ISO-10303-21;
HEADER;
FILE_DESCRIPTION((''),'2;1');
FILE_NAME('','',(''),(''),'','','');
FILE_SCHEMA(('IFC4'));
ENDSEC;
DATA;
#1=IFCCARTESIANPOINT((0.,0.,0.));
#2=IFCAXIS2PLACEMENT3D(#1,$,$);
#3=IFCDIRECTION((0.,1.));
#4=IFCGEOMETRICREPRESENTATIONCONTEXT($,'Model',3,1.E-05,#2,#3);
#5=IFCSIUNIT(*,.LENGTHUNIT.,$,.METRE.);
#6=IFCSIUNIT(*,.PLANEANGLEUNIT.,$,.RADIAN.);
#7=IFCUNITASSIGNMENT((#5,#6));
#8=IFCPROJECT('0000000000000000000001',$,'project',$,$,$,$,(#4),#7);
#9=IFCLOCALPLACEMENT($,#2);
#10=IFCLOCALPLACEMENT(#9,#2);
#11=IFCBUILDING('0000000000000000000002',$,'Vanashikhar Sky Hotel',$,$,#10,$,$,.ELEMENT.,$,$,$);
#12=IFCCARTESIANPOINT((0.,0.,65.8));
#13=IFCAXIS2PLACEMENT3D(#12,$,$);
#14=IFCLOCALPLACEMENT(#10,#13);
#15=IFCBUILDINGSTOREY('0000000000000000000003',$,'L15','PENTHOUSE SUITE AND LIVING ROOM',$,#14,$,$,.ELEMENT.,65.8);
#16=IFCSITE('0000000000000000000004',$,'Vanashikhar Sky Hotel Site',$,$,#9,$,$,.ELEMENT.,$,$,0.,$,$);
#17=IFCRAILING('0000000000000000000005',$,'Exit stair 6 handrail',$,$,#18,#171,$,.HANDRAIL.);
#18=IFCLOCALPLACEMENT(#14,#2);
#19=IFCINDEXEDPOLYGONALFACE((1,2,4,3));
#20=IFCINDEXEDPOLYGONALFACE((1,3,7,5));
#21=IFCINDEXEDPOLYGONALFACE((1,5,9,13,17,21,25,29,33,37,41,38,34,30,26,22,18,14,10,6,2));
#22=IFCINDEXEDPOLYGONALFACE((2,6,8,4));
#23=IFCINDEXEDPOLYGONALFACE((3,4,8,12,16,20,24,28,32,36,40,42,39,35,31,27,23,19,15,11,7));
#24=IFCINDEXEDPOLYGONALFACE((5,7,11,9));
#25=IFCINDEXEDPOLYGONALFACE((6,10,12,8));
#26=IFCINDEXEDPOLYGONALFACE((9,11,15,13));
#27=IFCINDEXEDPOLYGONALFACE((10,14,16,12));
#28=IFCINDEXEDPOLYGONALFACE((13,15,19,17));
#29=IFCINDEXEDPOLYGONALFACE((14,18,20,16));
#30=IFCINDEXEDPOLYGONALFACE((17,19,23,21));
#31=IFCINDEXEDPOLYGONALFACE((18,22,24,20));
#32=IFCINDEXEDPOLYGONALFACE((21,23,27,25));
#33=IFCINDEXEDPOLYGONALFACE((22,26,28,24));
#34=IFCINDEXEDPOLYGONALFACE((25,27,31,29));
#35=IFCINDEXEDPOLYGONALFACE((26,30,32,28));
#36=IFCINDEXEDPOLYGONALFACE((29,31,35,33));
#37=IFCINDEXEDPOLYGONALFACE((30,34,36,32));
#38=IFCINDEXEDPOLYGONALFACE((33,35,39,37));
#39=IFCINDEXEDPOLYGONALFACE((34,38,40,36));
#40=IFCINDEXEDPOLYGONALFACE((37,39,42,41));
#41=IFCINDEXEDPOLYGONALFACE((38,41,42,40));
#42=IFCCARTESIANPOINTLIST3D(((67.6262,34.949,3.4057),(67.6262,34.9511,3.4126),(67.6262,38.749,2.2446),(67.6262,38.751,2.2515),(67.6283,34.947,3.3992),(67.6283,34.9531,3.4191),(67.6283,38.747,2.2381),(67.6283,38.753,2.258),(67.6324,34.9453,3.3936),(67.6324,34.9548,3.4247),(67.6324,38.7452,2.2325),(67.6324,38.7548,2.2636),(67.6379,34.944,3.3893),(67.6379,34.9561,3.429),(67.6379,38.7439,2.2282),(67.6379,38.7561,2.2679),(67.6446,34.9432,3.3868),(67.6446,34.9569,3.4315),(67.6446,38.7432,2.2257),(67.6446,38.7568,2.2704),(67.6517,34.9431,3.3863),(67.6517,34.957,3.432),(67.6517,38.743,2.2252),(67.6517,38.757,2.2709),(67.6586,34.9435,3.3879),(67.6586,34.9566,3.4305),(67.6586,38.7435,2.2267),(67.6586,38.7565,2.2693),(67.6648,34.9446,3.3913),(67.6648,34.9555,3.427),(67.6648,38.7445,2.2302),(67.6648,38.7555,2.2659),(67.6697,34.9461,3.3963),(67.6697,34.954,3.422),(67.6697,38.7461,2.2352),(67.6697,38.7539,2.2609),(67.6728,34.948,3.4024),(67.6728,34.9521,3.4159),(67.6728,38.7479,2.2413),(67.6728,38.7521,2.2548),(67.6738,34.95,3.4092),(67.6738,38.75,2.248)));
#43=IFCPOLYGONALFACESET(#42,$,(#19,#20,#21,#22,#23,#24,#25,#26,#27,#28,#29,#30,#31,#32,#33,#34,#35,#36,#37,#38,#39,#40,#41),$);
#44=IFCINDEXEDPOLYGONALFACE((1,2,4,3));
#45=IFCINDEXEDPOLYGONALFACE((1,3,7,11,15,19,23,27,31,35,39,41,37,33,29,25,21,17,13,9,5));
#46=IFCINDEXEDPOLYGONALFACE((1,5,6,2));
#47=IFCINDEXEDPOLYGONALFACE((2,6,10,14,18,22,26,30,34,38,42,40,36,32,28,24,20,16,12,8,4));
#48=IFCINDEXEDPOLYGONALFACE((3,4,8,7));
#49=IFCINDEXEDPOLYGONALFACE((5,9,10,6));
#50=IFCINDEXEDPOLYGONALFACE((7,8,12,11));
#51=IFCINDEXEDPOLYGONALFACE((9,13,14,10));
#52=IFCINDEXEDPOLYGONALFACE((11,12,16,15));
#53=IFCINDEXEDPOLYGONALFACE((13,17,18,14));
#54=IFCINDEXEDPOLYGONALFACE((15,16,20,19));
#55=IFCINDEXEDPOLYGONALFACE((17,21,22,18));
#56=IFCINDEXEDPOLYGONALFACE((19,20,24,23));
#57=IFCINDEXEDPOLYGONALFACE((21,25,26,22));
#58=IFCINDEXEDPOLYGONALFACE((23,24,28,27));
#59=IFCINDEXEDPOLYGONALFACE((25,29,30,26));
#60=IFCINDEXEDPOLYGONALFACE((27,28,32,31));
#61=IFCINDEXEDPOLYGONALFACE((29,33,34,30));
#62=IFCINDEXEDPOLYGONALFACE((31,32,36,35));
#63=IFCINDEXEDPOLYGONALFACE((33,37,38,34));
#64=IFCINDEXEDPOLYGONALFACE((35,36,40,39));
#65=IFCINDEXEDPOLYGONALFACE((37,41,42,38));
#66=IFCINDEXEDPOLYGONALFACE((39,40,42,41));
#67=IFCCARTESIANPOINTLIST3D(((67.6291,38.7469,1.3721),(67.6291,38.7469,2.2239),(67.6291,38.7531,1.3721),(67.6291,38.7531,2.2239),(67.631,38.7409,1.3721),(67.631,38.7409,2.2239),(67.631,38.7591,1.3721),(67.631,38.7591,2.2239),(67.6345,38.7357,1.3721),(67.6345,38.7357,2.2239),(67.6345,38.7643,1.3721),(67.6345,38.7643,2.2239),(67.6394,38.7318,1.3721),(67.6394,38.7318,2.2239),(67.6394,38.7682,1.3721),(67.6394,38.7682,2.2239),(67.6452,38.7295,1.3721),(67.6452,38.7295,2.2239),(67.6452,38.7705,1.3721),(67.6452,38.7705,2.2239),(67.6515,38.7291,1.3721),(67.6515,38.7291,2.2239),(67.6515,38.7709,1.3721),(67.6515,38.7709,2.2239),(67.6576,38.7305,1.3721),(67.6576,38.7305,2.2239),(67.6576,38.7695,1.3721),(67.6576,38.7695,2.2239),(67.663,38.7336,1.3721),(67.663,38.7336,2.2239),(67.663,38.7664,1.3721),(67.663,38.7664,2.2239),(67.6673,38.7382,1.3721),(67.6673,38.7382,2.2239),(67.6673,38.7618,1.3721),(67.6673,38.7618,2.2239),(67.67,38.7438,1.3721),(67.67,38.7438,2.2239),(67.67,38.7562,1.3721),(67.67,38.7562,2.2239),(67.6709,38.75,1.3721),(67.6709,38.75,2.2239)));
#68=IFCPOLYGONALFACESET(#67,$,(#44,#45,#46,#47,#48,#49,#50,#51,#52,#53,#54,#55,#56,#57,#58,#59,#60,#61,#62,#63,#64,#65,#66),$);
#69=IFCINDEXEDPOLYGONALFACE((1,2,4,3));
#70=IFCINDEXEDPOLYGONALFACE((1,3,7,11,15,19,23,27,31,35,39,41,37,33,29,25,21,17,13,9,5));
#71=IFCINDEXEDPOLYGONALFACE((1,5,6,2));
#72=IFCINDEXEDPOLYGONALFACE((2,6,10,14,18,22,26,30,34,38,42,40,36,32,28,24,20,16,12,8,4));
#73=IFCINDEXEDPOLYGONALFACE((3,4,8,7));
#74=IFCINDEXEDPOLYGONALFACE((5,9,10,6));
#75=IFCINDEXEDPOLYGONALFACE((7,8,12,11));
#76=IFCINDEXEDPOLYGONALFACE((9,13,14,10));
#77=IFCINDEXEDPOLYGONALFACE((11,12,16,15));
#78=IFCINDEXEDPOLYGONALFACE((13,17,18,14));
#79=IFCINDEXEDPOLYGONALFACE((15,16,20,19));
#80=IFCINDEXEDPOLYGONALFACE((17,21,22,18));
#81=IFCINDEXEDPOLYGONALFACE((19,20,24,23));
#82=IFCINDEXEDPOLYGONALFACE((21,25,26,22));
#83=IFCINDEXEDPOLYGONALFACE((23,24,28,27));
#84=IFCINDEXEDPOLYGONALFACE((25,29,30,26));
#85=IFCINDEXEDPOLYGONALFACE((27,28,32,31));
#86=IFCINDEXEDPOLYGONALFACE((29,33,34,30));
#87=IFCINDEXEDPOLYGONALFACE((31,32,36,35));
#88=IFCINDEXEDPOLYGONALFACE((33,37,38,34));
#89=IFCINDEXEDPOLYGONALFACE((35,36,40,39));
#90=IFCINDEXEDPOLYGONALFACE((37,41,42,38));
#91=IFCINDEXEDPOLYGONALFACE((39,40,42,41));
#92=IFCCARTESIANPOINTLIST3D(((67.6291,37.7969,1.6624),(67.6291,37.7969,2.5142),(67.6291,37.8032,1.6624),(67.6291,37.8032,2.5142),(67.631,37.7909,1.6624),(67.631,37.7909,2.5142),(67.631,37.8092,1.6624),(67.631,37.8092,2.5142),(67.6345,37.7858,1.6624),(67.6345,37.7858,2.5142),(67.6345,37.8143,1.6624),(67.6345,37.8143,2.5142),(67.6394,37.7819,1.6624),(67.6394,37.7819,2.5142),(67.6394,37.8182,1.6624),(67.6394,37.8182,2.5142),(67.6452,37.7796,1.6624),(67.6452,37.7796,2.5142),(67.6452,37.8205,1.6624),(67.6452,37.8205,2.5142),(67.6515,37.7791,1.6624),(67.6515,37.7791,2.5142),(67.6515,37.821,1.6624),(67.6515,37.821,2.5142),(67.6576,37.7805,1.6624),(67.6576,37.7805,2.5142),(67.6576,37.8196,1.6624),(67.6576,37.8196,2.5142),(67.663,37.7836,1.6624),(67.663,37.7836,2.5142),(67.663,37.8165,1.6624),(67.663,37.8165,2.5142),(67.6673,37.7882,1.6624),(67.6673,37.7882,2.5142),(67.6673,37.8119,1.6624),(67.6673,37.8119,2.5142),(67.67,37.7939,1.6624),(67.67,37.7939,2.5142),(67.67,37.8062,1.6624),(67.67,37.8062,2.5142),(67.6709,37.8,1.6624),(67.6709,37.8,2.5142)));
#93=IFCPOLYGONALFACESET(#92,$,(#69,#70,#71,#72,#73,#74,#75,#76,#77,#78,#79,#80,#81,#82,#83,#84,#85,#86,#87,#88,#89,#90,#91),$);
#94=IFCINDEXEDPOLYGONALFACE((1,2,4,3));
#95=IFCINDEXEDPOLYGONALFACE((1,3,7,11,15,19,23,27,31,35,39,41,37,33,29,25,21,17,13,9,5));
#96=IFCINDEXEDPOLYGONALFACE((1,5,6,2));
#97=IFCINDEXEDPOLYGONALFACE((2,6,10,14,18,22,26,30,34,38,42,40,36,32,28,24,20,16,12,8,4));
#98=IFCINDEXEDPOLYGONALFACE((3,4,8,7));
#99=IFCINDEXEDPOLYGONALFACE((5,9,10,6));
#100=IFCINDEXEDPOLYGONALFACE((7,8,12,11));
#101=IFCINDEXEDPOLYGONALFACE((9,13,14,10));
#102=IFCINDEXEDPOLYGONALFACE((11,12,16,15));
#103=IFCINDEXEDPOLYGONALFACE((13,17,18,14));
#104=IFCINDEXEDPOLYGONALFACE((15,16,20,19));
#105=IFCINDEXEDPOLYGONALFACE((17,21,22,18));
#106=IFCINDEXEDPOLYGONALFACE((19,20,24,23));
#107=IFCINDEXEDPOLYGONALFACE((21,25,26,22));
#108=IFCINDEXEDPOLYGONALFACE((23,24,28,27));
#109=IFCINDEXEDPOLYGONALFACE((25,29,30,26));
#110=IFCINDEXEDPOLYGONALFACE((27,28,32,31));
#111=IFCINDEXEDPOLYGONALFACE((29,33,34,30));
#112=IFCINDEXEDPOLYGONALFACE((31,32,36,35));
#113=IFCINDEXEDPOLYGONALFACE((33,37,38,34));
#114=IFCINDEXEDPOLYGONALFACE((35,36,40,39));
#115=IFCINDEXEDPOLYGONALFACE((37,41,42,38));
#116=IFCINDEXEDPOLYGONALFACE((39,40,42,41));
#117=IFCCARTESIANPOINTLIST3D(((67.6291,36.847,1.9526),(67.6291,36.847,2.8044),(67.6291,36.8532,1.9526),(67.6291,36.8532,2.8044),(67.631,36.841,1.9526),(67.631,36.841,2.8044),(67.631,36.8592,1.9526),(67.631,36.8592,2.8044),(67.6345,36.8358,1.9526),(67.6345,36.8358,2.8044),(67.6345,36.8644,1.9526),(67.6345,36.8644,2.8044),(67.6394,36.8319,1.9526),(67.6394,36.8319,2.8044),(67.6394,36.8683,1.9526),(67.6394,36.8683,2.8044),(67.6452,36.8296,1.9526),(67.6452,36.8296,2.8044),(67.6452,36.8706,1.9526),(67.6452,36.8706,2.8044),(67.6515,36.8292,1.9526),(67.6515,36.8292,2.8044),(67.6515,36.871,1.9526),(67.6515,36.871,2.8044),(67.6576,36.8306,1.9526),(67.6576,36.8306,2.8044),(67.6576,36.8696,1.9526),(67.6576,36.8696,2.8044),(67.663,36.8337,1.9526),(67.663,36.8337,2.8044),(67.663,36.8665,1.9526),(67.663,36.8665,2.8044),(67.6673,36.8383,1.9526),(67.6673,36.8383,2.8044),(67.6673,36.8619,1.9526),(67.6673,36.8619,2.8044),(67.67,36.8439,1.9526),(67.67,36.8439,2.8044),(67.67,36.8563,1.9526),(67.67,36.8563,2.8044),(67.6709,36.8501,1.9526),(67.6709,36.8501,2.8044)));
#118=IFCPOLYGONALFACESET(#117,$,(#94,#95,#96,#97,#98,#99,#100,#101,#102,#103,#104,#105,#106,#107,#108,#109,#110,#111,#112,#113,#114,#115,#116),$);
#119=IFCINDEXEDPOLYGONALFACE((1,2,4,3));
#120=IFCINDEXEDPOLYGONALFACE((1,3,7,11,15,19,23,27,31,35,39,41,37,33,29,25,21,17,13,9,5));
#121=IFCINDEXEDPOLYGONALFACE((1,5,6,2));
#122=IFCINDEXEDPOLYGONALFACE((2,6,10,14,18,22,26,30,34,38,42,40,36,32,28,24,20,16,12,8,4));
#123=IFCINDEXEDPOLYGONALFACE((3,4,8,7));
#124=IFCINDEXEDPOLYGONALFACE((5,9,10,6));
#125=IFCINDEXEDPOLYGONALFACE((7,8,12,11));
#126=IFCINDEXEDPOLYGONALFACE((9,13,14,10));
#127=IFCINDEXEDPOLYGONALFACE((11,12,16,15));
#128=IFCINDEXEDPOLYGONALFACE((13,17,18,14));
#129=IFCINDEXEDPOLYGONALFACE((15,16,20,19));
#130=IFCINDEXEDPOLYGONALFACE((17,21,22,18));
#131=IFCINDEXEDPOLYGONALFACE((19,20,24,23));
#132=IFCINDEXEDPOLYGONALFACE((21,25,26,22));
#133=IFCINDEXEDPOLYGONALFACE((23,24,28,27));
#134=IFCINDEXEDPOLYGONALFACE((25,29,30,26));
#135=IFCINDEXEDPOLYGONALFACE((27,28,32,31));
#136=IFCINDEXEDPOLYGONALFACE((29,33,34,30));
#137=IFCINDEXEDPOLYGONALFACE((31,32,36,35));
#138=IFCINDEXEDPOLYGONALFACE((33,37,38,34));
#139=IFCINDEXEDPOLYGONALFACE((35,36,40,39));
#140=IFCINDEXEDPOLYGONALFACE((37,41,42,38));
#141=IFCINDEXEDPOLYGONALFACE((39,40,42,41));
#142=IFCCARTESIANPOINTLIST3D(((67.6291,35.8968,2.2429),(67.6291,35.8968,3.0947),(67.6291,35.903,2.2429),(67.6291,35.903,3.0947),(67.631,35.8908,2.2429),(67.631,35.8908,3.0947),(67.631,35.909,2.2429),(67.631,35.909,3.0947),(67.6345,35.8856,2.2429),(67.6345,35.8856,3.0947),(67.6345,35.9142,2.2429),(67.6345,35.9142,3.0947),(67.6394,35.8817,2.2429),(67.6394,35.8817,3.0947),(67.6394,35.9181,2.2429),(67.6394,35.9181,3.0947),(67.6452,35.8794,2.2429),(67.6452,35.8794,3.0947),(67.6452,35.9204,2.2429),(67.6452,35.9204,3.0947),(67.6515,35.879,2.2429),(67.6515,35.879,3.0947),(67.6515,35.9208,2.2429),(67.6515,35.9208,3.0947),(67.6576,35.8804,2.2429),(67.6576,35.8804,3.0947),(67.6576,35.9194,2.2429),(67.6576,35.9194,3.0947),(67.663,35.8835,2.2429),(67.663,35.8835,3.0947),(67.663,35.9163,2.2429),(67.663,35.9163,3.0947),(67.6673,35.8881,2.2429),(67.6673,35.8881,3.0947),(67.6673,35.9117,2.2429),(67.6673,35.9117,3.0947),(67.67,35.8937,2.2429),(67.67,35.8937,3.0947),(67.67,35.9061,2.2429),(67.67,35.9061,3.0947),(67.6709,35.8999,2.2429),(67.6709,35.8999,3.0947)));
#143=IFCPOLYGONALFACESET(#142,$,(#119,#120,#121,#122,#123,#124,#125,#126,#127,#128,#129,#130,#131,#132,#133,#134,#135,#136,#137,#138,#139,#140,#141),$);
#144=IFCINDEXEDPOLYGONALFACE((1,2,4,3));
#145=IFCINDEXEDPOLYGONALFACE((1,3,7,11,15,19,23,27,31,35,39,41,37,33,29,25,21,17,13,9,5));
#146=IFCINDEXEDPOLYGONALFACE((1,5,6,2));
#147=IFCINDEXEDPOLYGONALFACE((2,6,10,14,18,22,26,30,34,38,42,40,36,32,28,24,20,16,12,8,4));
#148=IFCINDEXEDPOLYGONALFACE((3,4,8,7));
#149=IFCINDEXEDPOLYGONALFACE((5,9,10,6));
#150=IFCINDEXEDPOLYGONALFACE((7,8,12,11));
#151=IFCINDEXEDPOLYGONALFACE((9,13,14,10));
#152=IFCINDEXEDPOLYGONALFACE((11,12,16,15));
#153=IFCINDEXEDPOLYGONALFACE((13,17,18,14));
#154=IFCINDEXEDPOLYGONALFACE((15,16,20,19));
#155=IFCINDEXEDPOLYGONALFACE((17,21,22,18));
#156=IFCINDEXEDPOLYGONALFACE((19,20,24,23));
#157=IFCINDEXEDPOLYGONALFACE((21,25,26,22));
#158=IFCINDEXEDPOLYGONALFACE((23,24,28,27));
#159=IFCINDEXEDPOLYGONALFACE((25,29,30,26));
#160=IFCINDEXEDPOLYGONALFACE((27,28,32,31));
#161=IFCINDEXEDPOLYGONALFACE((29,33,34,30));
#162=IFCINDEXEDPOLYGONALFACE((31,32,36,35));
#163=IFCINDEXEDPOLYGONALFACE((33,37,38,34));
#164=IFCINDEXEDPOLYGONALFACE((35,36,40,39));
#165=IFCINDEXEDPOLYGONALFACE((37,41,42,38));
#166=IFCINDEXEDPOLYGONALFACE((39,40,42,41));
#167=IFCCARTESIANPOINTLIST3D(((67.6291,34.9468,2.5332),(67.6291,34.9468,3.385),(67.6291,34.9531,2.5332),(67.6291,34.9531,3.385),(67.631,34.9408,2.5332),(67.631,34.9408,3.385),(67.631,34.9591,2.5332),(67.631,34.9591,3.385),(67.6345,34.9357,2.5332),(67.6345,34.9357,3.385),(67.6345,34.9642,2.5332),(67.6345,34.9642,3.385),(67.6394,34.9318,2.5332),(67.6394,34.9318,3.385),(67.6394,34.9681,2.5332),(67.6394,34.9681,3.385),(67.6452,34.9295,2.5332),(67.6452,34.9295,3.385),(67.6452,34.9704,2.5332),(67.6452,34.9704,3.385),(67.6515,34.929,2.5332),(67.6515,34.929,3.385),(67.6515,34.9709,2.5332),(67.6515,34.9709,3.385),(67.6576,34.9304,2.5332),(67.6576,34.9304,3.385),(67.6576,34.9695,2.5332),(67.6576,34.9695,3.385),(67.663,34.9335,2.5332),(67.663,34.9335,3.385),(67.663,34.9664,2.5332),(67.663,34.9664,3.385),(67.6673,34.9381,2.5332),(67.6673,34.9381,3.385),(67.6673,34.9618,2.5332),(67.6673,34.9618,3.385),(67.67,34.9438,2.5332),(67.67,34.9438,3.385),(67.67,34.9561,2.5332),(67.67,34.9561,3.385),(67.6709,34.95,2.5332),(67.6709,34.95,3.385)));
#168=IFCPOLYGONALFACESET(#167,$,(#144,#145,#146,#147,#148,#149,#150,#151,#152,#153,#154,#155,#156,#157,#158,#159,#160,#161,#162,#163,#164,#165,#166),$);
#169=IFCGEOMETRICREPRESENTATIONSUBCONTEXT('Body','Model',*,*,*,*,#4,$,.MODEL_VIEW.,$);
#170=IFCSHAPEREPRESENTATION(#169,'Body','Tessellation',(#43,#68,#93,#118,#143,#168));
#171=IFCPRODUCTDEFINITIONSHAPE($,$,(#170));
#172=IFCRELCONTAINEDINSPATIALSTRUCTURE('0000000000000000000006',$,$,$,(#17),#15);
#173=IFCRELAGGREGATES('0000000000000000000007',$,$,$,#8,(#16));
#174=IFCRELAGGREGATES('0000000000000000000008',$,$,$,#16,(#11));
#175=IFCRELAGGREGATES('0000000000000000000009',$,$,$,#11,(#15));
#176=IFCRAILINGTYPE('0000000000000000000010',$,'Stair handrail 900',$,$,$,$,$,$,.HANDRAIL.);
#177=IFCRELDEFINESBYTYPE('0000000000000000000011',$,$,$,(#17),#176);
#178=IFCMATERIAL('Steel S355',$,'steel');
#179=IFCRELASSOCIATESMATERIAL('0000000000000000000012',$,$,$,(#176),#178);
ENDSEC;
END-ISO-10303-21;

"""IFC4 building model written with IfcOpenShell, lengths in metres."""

from ifc_helpers import new_model, si_unit, direction, frame, origin, origin_2d, place, context, subcontext, project, spatial, circle, extrude, source, transform, mapped, material, type_object, element, save


model = new_model("IFC4")

# Units and contexts
model_context = context("Model", 3, precision=1e-05, world=origin(), true_north=direction((0.0, 1.0)))
body_context = subcontext(model_context, "Body", "Model", "MODEL_VIEW")
ifc_project = project(units=[si_unit("LENGTHUNIT", "METRE"), si_unit("PLANEANGLEUNIT", "RADIAN")], contexts=[model_context])

# Site, building, storey
site_placement = place(None, origin())
site = spatial("IfcSite", under=ifc_project, at=site_placement, Name="Vanashikhar Sky Hotel Site", CompositionType="ELEMENT", RefElevation=0.0)
building_placement = place(site_placement, origin())
building = spatial("IfcBuilding", under=site, at=building_placement, Name="Vanashikhar Sky Hotel", CompositionType="ELEMENT")
storey_placement = place(building_placement, frame((0.0, 0.0, 65.8)))
storey = spatial("IfcBuildingStorey", under=building, at=storey_placement, Name="L15", Description="PENTHOUSE SUITE AND LIVING ROOM", CompositionType="ELEMENT", Elevation=65.8)

# Railing
ifc_material_1 = material(Name="Steel S355", Category="steel")
railing_type_1 = type_object("IfcRailingType", Name="Stair handrail 900", PredefinedType="HANDRAIL", material=ifc_material_1)
shared_shape_1 = source(origin(), body_context, "Body", "SweptSolid", [
    extrude(circle(Radius=0.0239, at=origin_2d()), frame((0.0, 0.0, 0.876), z_axis=(0.0, -0.956351, 0.29222), x_axis=(1.0, 0.0, 0.0)), (0.0, 0.0, 1.0), 3.9734),
    extrude(circle(Radius=0.021, at=origin_2d()), origin(), (0.0, 0.0, 1.0), 0.8518),
    extrude(circle(Radius=0.021, at=origin_2d()), frame((0.0, -0.95, 0.2903)), (0.0, 0.0, 1.0), 0.8518),
    extrude(circle(Radius=0.021, at=origin_2d()), frame((0.0, -1.8999, 0.5806)), (0.0, 0.0, 1.0), 0.8518),
    extrude(circle(Radius=0.021, at=origin_2d()), frame((0.0, -2.8501, 0.8708)), (0.0, 0.0, 1.0), 0.8518),
    extrude(circle(Radius=0.021, at=origin_2d()), frame((0.0, -3.8, 1.1611)), (0.0, 0.0, 1.0), 0.8518),
])
railing_1_placement = place(storey_placement, frame((67.6499, 38.75, 1.3721)))
element("IfcRailing", 1, at=railing_1_placement, inside=storey, type_object=railing_type_1, Name="Exit stair 6 handrail", PredefinedType="HANDRAIL", context=body_context, shape_type="MappedRepresentation", body=[
    mapped(shared_shape_1, transform((0.0, 0.0, 0.0), scale=1.0)),
])

save(model, "model.ifc")
